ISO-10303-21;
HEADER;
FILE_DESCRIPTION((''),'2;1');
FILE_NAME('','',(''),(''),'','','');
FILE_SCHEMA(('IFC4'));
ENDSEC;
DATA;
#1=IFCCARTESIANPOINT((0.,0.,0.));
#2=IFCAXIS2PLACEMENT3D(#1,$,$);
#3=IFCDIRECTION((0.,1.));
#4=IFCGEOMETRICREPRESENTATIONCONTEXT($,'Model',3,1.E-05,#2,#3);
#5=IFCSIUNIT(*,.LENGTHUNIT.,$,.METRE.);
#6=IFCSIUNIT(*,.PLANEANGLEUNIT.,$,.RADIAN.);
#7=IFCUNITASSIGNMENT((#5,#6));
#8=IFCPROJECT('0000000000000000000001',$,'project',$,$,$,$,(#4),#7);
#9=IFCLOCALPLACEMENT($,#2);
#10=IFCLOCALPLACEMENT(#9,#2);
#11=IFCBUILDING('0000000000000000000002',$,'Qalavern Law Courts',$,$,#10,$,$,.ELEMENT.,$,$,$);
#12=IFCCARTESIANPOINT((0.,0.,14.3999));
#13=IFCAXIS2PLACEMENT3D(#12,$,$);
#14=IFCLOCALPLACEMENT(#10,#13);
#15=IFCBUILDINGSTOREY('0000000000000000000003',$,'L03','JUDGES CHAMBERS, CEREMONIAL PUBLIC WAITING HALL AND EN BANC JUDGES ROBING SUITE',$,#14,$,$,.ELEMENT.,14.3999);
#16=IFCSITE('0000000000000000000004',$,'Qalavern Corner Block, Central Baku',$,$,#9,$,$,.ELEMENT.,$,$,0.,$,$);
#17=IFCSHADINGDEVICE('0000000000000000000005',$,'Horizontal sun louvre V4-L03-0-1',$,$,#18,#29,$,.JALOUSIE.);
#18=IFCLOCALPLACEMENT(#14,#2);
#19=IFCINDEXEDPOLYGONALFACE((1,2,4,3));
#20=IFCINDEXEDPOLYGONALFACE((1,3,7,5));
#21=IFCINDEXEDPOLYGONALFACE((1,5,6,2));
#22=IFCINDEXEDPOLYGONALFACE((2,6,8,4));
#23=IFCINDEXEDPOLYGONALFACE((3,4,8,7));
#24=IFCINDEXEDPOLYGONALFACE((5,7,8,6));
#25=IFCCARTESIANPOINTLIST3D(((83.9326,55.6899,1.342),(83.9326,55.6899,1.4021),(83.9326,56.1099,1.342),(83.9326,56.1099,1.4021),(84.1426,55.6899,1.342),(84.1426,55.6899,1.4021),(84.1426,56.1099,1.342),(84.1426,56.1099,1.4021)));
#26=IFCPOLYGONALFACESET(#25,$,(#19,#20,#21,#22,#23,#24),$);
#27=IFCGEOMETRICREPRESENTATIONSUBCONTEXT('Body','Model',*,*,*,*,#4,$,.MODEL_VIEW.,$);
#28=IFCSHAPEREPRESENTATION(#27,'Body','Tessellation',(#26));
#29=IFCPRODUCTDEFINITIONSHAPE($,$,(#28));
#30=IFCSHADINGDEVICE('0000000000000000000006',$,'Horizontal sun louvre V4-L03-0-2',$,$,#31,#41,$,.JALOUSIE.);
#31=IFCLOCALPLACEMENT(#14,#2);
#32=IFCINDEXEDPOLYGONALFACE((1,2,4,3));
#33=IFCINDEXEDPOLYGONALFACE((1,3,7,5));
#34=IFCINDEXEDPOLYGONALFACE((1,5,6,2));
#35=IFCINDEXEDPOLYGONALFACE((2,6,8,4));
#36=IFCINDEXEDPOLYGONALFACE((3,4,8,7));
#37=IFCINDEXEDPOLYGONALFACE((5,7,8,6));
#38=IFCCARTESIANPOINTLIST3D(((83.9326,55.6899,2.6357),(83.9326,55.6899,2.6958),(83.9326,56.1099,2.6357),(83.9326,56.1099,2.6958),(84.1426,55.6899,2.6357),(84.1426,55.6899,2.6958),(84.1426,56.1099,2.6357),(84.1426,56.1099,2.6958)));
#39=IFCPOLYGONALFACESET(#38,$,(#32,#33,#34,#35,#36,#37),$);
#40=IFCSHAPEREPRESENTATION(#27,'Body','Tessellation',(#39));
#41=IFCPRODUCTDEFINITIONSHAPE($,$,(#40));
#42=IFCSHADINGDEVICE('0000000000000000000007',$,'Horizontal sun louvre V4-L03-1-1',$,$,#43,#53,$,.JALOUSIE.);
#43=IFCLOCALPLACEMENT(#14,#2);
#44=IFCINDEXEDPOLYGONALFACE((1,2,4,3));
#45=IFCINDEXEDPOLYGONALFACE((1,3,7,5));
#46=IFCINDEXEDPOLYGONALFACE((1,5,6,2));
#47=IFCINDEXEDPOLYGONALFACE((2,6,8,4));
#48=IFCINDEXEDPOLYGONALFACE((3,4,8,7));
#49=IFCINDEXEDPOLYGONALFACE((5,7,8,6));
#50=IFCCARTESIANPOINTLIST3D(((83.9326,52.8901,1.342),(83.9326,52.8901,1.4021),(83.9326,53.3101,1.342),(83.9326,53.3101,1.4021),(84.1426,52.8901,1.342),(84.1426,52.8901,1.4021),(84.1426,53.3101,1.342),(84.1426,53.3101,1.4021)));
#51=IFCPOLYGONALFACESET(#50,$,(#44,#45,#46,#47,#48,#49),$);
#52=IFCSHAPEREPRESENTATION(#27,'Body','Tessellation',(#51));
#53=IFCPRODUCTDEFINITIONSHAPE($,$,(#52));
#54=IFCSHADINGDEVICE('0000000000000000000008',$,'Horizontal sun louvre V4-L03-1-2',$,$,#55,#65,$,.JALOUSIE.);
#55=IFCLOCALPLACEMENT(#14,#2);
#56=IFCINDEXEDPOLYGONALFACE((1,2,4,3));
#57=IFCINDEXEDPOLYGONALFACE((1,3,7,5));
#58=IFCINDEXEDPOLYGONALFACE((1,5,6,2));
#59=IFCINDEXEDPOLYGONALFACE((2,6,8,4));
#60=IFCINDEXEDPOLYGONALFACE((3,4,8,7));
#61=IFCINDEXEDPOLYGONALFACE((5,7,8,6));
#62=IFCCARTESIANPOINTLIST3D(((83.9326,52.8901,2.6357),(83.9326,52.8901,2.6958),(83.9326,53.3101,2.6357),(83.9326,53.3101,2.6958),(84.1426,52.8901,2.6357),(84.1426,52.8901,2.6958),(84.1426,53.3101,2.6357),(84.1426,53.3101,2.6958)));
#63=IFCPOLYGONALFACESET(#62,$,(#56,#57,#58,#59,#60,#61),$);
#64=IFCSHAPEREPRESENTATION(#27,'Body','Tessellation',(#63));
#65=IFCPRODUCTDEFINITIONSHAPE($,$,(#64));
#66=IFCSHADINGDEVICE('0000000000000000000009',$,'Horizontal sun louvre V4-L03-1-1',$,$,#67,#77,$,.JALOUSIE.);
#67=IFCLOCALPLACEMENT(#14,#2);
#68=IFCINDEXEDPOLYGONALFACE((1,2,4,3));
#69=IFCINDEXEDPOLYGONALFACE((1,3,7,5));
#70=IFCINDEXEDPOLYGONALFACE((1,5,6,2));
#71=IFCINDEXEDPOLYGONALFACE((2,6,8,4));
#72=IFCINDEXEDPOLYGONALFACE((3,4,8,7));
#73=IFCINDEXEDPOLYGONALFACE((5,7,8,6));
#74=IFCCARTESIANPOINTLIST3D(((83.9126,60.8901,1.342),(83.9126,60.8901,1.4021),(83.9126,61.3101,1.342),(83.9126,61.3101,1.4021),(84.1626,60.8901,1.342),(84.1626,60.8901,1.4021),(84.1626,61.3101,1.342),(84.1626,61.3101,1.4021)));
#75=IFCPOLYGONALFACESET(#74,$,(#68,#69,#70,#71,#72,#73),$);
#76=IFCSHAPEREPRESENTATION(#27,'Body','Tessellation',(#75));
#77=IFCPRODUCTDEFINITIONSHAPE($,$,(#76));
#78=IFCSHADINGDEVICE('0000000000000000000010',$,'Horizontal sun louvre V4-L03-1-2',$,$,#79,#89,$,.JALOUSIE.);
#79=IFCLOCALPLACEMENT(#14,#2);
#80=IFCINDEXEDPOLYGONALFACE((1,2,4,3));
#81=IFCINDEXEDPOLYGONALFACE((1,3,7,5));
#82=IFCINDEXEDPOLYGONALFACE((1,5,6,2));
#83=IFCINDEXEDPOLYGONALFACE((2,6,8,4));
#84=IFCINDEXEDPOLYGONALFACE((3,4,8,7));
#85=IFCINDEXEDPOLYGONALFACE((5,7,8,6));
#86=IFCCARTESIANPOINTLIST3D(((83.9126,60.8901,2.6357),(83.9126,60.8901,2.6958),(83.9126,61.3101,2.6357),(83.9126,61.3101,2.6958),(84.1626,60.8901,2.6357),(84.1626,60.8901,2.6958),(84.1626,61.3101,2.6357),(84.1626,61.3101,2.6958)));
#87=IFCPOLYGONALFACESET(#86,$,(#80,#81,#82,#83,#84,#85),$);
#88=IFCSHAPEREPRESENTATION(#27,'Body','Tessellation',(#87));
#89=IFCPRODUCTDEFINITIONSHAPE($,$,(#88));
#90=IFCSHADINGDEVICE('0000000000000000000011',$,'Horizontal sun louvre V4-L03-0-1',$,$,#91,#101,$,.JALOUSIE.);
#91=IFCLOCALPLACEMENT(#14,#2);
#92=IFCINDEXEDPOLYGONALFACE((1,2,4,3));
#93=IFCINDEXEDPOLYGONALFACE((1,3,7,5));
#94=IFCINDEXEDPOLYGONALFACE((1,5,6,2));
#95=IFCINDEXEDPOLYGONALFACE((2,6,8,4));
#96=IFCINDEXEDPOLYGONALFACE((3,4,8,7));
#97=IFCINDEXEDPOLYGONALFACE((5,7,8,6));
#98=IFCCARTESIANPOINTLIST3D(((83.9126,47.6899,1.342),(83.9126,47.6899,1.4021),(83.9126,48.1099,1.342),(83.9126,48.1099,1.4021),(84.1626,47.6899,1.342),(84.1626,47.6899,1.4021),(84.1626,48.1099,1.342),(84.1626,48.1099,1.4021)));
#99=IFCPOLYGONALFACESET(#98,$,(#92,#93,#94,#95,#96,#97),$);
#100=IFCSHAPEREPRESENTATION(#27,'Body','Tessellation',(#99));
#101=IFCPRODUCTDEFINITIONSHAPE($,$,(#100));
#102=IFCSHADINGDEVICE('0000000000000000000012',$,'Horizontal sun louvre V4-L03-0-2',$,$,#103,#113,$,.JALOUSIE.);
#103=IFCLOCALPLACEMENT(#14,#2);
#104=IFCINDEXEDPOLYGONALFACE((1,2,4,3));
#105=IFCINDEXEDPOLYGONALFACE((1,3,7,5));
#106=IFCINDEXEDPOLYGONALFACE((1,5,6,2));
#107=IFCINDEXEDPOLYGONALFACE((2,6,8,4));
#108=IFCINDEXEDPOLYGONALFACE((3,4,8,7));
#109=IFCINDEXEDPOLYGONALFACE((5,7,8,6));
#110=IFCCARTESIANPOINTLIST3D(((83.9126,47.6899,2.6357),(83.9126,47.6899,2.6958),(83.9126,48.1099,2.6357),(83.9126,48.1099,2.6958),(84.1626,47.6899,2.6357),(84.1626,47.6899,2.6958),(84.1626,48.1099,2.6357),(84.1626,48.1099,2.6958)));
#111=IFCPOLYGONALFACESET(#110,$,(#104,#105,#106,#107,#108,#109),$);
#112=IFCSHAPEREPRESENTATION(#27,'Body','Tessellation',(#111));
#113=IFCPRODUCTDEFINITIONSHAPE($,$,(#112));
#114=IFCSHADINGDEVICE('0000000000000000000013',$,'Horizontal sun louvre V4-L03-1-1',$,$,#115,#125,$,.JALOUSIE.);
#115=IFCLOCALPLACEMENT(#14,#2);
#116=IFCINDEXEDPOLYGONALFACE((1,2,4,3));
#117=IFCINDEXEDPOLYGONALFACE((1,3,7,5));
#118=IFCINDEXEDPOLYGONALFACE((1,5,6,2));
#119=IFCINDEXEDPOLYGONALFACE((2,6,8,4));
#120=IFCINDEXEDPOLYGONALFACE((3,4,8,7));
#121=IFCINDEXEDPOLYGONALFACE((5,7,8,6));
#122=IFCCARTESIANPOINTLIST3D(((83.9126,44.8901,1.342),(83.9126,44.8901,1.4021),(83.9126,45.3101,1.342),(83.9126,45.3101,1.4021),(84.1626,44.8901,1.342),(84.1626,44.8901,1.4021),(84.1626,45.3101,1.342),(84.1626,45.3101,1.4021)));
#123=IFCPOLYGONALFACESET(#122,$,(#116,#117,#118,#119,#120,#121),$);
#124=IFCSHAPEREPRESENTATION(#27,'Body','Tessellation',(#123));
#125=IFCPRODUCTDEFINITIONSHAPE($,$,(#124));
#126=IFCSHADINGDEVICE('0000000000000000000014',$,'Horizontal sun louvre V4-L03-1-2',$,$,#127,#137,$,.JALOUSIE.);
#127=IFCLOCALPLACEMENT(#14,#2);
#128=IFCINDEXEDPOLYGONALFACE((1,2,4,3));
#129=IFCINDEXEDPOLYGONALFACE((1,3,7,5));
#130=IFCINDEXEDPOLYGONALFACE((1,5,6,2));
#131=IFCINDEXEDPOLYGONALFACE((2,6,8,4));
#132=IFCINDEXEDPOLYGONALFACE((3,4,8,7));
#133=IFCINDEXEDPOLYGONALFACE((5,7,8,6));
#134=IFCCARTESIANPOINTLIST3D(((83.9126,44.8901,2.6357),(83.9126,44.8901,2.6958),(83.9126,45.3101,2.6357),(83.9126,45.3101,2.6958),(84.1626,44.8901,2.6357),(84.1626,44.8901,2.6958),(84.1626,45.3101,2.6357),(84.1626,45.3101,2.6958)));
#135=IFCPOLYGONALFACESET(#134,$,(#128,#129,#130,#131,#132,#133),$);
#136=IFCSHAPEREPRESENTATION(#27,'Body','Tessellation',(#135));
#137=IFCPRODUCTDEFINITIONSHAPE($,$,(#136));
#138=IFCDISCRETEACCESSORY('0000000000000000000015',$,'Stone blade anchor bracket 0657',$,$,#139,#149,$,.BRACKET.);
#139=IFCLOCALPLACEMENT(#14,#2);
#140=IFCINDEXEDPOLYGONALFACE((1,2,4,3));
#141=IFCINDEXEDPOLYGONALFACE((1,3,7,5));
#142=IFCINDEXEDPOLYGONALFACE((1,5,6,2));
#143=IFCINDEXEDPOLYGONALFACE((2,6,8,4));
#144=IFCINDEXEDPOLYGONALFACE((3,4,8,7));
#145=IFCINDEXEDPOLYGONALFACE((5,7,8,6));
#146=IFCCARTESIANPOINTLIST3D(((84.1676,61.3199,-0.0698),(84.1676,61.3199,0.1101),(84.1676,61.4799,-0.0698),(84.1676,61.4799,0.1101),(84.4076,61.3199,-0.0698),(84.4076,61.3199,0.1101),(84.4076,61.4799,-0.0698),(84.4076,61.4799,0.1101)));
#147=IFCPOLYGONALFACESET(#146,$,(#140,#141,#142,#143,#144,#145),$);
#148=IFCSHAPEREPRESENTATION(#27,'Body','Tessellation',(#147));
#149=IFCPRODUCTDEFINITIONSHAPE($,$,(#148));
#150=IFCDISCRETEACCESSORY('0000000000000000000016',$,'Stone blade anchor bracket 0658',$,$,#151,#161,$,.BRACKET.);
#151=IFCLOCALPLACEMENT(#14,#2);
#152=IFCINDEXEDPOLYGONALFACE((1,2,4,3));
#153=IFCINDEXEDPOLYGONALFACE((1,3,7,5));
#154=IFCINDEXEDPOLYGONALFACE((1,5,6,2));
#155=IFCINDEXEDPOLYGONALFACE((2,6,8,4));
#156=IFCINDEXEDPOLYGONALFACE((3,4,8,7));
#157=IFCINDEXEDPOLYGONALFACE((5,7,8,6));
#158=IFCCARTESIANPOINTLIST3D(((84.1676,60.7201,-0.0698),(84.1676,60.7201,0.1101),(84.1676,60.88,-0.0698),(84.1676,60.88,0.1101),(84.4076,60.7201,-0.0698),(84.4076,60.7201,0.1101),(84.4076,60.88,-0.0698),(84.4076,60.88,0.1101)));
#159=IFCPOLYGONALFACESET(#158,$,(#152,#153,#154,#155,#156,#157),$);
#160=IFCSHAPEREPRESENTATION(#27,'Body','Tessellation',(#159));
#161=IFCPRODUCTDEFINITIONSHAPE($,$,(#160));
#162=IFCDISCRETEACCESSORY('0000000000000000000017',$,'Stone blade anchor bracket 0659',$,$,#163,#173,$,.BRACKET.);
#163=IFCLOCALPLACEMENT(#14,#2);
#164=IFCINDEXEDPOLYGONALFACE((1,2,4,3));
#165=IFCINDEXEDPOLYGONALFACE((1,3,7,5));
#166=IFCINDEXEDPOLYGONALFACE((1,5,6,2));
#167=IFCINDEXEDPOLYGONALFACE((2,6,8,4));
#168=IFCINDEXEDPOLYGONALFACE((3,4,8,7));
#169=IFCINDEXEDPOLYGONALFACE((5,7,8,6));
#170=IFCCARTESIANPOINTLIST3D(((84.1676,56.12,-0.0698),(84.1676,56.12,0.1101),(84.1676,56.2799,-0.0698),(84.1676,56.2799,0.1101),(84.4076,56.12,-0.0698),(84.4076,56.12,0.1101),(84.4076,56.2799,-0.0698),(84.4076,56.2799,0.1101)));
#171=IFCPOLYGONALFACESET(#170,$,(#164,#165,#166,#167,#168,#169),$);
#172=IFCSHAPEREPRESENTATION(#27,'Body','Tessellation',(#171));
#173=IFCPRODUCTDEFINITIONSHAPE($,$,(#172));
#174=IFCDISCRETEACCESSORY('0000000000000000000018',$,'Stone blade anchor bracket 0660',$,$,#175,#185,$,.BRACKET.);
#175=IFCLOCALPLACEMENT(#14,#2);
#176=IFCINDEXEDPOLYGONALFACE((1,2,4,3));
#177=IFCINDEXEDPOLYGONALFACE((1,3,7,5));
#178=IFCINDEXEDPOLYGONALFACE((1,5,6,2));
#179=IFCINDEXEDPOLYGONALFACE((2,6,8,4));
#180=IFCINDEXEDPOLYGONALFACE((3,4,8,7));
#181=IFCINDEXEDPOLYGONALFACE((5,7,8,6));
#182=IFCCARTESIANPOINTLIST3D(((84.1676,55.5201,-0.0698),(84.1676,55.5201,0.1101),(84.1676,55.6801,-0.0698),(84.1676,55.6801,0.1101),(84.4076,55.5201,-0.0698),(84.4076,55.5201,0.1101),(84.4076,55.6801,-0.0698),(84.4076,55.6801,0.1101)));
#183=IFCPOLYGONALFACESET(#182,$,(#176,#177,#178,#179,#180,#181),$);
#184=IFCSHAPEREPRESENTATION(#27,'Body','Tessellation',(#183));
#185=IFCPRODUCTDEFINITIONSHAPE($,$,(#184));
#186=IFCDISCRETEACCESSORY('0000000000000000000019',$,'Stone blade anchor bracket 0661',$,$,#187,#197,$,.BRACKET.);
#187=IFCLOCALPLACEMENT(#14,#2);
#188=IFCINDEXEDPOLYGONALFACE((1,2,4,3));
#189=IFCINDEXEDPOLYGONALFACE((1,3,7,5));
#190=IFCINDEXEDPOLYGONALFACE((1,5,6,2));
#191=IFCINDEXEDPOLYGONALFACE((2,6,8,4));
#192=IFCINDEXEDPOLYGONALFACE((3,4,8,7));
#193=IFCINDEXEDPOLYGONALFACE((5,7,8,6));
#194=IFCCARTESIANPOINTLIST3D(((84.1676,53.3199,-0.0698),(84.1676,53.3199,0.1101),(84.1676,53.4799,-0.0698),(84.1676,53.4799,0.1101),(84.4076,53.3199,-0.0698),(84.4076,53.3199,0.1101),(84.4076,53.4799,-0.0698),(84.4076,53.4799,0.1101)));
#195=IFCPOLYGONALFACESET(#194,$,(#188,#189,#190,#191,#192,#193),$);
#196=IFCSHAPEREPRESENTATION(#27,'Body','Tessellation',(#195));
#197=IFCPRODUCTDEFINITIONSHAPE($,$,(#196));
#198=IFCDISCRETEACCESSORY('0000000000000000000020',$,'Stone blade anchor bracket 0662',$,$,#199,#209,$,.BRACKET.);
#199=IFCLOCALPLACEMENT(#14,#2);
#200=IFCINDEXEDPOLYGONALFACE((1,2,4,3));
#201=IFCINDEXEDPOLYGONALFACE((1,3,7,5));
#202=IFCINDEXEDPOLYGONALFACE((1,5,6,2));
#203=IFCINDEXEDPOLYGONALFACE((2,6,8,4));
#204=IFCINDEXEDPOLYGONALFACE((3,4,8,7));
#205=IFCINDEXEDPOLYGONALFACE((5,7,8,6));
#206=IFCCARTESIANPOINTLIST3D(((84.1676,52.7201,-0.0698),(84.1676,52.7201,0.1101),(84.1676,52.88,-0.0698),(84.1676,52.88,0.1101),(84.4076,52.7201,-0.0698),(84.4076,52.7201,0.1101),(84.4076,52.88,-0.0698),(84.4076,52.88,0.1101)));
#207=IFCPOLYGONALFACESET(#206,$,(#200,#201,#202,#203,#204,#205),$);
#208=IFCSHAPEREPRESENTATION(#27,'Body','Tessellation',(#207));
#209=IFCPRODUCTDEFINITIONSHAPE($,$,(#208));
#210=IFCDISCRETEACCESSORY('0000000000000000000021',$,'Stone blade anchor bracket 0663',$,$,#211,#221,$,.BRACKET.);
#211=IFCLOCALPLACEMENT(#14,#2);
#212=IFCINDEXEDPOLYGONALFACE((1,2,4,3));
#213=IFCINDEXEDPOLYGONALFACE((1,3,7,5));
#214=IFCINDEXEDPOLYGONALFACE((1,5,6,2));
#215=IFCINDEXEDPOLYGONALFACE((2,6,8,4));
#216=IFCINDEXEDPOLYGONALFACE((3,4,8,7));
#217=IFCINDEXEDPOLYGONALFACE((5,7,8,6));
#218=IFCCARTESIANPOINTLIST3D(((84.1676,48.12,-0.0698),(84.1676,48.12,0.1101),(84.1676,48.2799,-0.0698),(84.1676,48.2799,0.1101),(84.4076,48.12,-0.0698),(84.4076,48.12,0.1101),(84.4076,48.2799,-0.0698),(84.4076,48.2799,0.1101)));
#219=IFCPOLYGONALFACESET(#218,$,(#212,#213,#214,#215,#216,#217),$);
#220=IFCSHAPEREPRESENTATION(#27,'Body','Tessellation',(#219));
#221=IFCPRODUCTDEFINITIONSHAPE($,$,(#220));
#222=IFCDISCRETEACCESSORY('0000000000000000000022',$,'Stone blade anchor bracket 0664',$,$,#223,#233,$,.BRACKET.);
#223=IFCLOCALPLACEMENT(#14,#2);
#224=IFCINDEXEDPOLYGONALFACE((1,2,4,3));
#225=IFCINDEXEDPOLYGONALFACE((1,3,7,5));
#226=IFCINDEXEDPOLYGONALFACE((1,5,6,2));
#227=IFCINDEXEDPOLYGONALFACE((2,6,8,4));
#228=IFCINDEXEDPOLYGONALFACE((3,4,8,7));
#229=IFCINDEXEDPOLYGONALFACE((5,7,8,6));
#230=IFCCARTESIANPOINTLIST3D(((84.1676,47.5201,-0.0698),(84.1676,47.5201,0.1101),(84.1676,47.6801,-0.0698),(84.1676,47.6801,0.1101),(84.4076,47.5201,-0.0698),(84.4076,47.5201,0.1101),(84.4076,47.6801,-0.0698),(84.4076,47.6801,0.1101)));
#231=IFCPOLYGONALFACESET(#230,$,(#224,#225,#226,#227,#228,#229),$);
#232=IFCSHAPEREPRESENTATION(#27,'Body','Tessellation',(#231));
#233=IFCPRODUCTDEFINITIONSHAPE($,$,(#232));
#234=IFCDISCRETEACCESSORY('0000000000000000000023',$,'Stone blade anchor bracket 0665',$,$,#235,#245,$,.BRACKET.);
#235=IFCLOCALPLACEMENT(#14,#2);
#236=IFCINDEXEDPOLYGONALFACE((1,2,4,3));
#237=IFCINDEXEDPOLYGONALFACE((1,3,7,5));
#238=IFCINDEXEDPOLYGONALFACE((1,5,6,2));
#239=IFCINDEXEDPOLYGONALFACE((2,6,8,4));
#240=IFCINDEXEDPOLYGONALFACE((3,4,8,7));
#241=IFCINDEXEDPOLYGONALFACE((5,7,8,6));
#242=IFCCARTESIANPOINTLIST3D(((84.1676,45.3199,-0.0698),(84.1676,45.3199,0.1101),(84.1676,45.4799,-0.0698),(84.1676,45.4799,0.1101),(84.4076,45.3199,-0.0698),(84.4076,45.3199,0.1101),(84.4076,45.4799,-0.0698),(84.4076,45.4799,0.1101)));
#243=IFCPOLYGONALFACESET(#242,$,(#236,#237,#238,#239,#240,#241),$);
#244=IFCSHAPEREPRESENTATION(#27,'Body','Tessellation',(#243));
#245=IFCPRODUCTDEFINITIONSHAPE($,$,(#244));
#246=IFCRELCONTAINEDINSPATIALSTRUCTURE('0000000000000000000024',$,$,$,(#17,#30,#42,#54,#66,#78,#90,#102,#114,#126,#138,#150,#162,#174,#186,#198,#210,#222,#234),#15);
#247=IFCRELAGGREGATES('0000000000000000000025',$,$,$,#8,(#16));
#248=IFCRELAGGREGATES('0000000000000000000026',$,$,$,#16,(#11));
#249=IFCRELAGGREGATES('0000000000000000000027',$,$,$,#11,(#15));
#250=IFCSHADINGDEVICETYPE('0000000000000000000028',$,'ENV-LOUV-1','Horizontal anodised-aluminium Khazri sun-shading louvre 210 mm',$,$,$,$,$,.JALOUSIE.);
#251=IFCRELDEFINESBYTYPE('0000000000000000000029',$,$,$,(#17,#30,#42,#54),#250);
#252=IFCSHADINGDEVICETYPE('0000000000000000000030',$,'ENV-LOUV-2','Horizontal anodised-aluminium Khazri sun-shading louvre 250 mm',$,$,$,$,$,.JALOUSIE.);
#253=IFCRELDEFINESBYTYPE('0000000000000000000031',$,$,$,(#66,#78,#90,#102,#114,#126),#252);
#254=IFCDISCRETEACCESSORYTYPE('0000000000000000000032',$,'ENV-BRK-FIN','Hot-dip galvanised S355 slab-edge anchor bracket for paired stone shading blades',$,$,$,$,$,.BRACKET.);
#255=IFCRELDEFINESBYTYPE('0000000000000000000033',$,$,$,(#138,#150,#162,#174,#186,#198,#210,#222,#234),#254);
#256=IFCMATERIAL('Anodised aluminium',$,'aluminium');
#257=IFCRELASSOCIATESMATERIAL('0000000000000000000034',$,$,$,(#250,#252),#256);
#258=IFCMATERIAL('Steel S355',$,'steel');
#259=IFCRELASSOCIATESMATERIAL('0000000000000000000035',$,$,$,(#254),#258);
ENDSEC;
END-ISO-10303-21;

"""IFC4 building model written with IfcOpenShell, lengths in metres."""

from ifc_helpers import new_model, si_unit, direction, frame, origin, origin_2d, place, context, subcontext, project, spatial, rectangle, extrude, material, type_object, element, save


model = new_model("IFC4")

# Units and contexts
model_context = context("Model", 3, precision=1e-05, world=origin(), true_north=direction((0.0, 1.0)))
body_context = subcontext(model_context, "Body", "Model", "MODEL_VIEW")
ifc_project = project(units=[si_unit("LENGTHUNIT", "METRE"), si_unit("PLANEANGLEUNIT", "RADIAN")], contexts=[model_context])

# Site, building, storey
site_placement = place(None, origin())
site = spatial("IfcSite", under=ifc_project, at=site_placement, Name="Qalavern Corner Block, Central Baku", CompositionType="ELEMENT", RefElevation=0.0)
building_placement = place(site_placement, origin())
building = spatial("IfcBuilding", under=site, at=building_placement, Name="Qalavern Law Courts", CompositionType="ELEMENT")
storey_placement = place(building_placement, frame((0.0, 0.0, 14.3999)))
storey = spatial("IfcBuildingStorey", under=building, at=storey_placement, Name="L03", Description="JUDGES CHAMBERS, CEREMONIAL PUBLIC WAITING HALL AND EN BANC JUDGES ROBING SUITE", CompositionType="ELEMENT", Elevation=14.3999)

# Shading devices
ifc_material_1 = material(Name="Anodised aluminium", Category="aluminium")
shading_device_type_1 = type_object("IfcShadingDeviceType", Name="ENV-LOUV-1", Description="Horizontal anodised-aluminium Khazri sun-shading louvre 210 mm", PredefinedType="JALOUSIE", material=ifc_material_1)
for number, where, z_axis, x_axis, name in (
    (1, (84.0376, 55.8999, 1.342), (0.0, 0.0, 1.0), (0.0, -1.0, 0.0), "Horizontal sun louvre V4-L03-0-1"),
    (2, (84.0376, 55.8999, 2.6357), (0.0, 0.0, 1.0), (0.0, -1.0, 0.0), "Horizontal sun louvre V4-L03-0-2"),
    (3, (84.0376, 53.1001, 1.342), (0.0, 0.0, 1.0), (0.0, -1.0, 0.0), "Horizontal sun louvre V4-L03-1-1"),
    (4, (84.0376, 53.1001, 2.6357), (0.0, 0.0, 1.0), (0.0, -1.0, 0.0), "Horizontal sun louvre V4-L03-1-2"),
):
    element("IfcShadingDevice", number, at=place(storey_placement, frame(where, z_axis=z_axis, x_axis=x_axis)), inside=storey, type_object=shading_device_type_1, Name=name, PredefinedType="JALOUSIE", context=body_context, shape_type="SweptSolid", body=[
        extrude(rectangle(XDim=0.4199, YDim=0.21, at=origin_2d()), origin(), (0.0, 0.0, 1.0), 0.0601),
    ])
shading_device_type_2 = type_object("IfcShadingDeviceType", Name="ENV-LOUV-2", Description="Horizontal anodised-aluminium Khazri sun-shading louvre 250 mm", PredefinedType="JALOUSIE", material=ifc_material_1)
for number, where, z_axis, x_axis, name in (
    (5, (84.0376, 61.1001, 1.342), (0.0, 0.0, 1.0), (0.0, -1.0, 0.0), "Horizontal sun louvre V4-L03-1-1"),
    (6, (84.0376, 61.1001, 2.6357), (0.0, 0.0, 1.0), (0.0, -1.0, 0.0), "Horizontal sun louvre V4-L03-1-2"),
    (7, (84.0376, 47.8999, 1.342), (0.0, 0.0, 1.0), (0.0, -1.0, 0.0), "Horizontal sun louvre V4-L03-0-1"),
    (8, (84.0376, 47.8999, 2.6357), (0.0, 0.0, 1.0), (0.0, -1.0, 0.0), "Horizontal sun louvre V4-L03-0-2"),
    (9, (84.0376, 45.1001, 1.342), (0.0, 0.0, 1.0), (0.0, -1.0, 0.0), "Horizontal sun louvre V4-L03-1-1"),
    (10, (84.0376, 45.1001, 2.6357), (0.0, 0.0, 1.0), (0.0, -1.0, 0.0), "Horizontal sun louvre V4-L03-1-2"),
):
    element("IfcShadingDevice", number, at=place(storey_placement, frame(where, z_axis=z_axis, x_axis=x_axis)), inside=storey, type_object=shading_device_type_2, Name=name, PredefinedType="JALOUSIE", context=body_context, shape_type="SweptSolid", body=[
        extrude(rectangle(XDim=0.4199, YDim=0.25, at=origin_2d()), origin(), (0.0, 0.0, 1.0), 0.0601),
    ])

# Discrete accessories
ifc_material_2 = material(Name="Steel S355", Category="steel")
discrete_accessory_type = type_object("IfcDiscreteAccessoryType", Name="ENV-BRK-FIN", Description="Hot-dip galvanised S355 slab-edge anchor bracket for paired stone shading blades", PredefinedType="BRACKET", material=ifc_material_2)
for number, where, z_axis, x_axis, name in (
    (11, (84.2876, 61.3999, -0.0698), (0.0, 0.0, 1.0), (-1.0, 0.0, 0.0), "Stone blade anchor bracket 0657"),
    (12, (84.2876, 60.8, -0.0698), (0.0, 0.0, 1.0), (-1.0, 0.0, 0.0), "Stone blade anchor bracket 0658"),
    (13, (84.2876, 56.2, -0.0698), (0.0, 0.0, 1.0), (-1.0, 0.0, 0.0), "Stone blade anchor bracket 0659"),
    (14, (84.2876, 55.6001, -0.0698), (0.0, 0.0, 1.0), (-1.0, 0.0, 0.0), "Stone blade anchor bracket 0660"),
    (15, (84.2876, 53.3999, -0.0698), (0.0, 0.0, 1.0), (-1.0, 0.0, 0.0), "Stone blade anchor bracket 0661"),
    (16, (84.2876, 52.8, -0.0698), (0.0, 0.0, 1.0), (-1.0, 0.0, 0.0), "Stone blade anchor bracket 0662"),
    (17, (84.2876, 48.2, -0.0698), (0.0, 0.0, 1.0), (-1.0, 0.0, 0.0), "Stone blade anchor bracket 0663"),
    (18, (84.2876, 47.6001, -0.0698), (0.0, 0.0, 1.0), (-1.0, 0.0, 0.0), "Stone blade anchor bracket 0664"),
    (19, (84.2876, 45.3999, -0.0698), (0.0, 0.0, 1.0), (-1.0, 0.0, 0.0), "Stone blade anchor bracket 0665"),
):
    element("IfcDiscreteAccessory", number, at=place(storey_placement, frame(where, z_axis=z_axis, x_axis=x_axis)), inside=storey, type_object=discrete_accessory_type, Name=name, PredefinedType="BRACKET", context=body_context, shape_type="SweptSolid", body=[
        extrude(rectangle(XDim=0.24, YDim=0.1599, at=origin_2d()), origin(), (0.0, 0.0, 1.0), 0.1799),
    ])

save(model, "model.ifc")
